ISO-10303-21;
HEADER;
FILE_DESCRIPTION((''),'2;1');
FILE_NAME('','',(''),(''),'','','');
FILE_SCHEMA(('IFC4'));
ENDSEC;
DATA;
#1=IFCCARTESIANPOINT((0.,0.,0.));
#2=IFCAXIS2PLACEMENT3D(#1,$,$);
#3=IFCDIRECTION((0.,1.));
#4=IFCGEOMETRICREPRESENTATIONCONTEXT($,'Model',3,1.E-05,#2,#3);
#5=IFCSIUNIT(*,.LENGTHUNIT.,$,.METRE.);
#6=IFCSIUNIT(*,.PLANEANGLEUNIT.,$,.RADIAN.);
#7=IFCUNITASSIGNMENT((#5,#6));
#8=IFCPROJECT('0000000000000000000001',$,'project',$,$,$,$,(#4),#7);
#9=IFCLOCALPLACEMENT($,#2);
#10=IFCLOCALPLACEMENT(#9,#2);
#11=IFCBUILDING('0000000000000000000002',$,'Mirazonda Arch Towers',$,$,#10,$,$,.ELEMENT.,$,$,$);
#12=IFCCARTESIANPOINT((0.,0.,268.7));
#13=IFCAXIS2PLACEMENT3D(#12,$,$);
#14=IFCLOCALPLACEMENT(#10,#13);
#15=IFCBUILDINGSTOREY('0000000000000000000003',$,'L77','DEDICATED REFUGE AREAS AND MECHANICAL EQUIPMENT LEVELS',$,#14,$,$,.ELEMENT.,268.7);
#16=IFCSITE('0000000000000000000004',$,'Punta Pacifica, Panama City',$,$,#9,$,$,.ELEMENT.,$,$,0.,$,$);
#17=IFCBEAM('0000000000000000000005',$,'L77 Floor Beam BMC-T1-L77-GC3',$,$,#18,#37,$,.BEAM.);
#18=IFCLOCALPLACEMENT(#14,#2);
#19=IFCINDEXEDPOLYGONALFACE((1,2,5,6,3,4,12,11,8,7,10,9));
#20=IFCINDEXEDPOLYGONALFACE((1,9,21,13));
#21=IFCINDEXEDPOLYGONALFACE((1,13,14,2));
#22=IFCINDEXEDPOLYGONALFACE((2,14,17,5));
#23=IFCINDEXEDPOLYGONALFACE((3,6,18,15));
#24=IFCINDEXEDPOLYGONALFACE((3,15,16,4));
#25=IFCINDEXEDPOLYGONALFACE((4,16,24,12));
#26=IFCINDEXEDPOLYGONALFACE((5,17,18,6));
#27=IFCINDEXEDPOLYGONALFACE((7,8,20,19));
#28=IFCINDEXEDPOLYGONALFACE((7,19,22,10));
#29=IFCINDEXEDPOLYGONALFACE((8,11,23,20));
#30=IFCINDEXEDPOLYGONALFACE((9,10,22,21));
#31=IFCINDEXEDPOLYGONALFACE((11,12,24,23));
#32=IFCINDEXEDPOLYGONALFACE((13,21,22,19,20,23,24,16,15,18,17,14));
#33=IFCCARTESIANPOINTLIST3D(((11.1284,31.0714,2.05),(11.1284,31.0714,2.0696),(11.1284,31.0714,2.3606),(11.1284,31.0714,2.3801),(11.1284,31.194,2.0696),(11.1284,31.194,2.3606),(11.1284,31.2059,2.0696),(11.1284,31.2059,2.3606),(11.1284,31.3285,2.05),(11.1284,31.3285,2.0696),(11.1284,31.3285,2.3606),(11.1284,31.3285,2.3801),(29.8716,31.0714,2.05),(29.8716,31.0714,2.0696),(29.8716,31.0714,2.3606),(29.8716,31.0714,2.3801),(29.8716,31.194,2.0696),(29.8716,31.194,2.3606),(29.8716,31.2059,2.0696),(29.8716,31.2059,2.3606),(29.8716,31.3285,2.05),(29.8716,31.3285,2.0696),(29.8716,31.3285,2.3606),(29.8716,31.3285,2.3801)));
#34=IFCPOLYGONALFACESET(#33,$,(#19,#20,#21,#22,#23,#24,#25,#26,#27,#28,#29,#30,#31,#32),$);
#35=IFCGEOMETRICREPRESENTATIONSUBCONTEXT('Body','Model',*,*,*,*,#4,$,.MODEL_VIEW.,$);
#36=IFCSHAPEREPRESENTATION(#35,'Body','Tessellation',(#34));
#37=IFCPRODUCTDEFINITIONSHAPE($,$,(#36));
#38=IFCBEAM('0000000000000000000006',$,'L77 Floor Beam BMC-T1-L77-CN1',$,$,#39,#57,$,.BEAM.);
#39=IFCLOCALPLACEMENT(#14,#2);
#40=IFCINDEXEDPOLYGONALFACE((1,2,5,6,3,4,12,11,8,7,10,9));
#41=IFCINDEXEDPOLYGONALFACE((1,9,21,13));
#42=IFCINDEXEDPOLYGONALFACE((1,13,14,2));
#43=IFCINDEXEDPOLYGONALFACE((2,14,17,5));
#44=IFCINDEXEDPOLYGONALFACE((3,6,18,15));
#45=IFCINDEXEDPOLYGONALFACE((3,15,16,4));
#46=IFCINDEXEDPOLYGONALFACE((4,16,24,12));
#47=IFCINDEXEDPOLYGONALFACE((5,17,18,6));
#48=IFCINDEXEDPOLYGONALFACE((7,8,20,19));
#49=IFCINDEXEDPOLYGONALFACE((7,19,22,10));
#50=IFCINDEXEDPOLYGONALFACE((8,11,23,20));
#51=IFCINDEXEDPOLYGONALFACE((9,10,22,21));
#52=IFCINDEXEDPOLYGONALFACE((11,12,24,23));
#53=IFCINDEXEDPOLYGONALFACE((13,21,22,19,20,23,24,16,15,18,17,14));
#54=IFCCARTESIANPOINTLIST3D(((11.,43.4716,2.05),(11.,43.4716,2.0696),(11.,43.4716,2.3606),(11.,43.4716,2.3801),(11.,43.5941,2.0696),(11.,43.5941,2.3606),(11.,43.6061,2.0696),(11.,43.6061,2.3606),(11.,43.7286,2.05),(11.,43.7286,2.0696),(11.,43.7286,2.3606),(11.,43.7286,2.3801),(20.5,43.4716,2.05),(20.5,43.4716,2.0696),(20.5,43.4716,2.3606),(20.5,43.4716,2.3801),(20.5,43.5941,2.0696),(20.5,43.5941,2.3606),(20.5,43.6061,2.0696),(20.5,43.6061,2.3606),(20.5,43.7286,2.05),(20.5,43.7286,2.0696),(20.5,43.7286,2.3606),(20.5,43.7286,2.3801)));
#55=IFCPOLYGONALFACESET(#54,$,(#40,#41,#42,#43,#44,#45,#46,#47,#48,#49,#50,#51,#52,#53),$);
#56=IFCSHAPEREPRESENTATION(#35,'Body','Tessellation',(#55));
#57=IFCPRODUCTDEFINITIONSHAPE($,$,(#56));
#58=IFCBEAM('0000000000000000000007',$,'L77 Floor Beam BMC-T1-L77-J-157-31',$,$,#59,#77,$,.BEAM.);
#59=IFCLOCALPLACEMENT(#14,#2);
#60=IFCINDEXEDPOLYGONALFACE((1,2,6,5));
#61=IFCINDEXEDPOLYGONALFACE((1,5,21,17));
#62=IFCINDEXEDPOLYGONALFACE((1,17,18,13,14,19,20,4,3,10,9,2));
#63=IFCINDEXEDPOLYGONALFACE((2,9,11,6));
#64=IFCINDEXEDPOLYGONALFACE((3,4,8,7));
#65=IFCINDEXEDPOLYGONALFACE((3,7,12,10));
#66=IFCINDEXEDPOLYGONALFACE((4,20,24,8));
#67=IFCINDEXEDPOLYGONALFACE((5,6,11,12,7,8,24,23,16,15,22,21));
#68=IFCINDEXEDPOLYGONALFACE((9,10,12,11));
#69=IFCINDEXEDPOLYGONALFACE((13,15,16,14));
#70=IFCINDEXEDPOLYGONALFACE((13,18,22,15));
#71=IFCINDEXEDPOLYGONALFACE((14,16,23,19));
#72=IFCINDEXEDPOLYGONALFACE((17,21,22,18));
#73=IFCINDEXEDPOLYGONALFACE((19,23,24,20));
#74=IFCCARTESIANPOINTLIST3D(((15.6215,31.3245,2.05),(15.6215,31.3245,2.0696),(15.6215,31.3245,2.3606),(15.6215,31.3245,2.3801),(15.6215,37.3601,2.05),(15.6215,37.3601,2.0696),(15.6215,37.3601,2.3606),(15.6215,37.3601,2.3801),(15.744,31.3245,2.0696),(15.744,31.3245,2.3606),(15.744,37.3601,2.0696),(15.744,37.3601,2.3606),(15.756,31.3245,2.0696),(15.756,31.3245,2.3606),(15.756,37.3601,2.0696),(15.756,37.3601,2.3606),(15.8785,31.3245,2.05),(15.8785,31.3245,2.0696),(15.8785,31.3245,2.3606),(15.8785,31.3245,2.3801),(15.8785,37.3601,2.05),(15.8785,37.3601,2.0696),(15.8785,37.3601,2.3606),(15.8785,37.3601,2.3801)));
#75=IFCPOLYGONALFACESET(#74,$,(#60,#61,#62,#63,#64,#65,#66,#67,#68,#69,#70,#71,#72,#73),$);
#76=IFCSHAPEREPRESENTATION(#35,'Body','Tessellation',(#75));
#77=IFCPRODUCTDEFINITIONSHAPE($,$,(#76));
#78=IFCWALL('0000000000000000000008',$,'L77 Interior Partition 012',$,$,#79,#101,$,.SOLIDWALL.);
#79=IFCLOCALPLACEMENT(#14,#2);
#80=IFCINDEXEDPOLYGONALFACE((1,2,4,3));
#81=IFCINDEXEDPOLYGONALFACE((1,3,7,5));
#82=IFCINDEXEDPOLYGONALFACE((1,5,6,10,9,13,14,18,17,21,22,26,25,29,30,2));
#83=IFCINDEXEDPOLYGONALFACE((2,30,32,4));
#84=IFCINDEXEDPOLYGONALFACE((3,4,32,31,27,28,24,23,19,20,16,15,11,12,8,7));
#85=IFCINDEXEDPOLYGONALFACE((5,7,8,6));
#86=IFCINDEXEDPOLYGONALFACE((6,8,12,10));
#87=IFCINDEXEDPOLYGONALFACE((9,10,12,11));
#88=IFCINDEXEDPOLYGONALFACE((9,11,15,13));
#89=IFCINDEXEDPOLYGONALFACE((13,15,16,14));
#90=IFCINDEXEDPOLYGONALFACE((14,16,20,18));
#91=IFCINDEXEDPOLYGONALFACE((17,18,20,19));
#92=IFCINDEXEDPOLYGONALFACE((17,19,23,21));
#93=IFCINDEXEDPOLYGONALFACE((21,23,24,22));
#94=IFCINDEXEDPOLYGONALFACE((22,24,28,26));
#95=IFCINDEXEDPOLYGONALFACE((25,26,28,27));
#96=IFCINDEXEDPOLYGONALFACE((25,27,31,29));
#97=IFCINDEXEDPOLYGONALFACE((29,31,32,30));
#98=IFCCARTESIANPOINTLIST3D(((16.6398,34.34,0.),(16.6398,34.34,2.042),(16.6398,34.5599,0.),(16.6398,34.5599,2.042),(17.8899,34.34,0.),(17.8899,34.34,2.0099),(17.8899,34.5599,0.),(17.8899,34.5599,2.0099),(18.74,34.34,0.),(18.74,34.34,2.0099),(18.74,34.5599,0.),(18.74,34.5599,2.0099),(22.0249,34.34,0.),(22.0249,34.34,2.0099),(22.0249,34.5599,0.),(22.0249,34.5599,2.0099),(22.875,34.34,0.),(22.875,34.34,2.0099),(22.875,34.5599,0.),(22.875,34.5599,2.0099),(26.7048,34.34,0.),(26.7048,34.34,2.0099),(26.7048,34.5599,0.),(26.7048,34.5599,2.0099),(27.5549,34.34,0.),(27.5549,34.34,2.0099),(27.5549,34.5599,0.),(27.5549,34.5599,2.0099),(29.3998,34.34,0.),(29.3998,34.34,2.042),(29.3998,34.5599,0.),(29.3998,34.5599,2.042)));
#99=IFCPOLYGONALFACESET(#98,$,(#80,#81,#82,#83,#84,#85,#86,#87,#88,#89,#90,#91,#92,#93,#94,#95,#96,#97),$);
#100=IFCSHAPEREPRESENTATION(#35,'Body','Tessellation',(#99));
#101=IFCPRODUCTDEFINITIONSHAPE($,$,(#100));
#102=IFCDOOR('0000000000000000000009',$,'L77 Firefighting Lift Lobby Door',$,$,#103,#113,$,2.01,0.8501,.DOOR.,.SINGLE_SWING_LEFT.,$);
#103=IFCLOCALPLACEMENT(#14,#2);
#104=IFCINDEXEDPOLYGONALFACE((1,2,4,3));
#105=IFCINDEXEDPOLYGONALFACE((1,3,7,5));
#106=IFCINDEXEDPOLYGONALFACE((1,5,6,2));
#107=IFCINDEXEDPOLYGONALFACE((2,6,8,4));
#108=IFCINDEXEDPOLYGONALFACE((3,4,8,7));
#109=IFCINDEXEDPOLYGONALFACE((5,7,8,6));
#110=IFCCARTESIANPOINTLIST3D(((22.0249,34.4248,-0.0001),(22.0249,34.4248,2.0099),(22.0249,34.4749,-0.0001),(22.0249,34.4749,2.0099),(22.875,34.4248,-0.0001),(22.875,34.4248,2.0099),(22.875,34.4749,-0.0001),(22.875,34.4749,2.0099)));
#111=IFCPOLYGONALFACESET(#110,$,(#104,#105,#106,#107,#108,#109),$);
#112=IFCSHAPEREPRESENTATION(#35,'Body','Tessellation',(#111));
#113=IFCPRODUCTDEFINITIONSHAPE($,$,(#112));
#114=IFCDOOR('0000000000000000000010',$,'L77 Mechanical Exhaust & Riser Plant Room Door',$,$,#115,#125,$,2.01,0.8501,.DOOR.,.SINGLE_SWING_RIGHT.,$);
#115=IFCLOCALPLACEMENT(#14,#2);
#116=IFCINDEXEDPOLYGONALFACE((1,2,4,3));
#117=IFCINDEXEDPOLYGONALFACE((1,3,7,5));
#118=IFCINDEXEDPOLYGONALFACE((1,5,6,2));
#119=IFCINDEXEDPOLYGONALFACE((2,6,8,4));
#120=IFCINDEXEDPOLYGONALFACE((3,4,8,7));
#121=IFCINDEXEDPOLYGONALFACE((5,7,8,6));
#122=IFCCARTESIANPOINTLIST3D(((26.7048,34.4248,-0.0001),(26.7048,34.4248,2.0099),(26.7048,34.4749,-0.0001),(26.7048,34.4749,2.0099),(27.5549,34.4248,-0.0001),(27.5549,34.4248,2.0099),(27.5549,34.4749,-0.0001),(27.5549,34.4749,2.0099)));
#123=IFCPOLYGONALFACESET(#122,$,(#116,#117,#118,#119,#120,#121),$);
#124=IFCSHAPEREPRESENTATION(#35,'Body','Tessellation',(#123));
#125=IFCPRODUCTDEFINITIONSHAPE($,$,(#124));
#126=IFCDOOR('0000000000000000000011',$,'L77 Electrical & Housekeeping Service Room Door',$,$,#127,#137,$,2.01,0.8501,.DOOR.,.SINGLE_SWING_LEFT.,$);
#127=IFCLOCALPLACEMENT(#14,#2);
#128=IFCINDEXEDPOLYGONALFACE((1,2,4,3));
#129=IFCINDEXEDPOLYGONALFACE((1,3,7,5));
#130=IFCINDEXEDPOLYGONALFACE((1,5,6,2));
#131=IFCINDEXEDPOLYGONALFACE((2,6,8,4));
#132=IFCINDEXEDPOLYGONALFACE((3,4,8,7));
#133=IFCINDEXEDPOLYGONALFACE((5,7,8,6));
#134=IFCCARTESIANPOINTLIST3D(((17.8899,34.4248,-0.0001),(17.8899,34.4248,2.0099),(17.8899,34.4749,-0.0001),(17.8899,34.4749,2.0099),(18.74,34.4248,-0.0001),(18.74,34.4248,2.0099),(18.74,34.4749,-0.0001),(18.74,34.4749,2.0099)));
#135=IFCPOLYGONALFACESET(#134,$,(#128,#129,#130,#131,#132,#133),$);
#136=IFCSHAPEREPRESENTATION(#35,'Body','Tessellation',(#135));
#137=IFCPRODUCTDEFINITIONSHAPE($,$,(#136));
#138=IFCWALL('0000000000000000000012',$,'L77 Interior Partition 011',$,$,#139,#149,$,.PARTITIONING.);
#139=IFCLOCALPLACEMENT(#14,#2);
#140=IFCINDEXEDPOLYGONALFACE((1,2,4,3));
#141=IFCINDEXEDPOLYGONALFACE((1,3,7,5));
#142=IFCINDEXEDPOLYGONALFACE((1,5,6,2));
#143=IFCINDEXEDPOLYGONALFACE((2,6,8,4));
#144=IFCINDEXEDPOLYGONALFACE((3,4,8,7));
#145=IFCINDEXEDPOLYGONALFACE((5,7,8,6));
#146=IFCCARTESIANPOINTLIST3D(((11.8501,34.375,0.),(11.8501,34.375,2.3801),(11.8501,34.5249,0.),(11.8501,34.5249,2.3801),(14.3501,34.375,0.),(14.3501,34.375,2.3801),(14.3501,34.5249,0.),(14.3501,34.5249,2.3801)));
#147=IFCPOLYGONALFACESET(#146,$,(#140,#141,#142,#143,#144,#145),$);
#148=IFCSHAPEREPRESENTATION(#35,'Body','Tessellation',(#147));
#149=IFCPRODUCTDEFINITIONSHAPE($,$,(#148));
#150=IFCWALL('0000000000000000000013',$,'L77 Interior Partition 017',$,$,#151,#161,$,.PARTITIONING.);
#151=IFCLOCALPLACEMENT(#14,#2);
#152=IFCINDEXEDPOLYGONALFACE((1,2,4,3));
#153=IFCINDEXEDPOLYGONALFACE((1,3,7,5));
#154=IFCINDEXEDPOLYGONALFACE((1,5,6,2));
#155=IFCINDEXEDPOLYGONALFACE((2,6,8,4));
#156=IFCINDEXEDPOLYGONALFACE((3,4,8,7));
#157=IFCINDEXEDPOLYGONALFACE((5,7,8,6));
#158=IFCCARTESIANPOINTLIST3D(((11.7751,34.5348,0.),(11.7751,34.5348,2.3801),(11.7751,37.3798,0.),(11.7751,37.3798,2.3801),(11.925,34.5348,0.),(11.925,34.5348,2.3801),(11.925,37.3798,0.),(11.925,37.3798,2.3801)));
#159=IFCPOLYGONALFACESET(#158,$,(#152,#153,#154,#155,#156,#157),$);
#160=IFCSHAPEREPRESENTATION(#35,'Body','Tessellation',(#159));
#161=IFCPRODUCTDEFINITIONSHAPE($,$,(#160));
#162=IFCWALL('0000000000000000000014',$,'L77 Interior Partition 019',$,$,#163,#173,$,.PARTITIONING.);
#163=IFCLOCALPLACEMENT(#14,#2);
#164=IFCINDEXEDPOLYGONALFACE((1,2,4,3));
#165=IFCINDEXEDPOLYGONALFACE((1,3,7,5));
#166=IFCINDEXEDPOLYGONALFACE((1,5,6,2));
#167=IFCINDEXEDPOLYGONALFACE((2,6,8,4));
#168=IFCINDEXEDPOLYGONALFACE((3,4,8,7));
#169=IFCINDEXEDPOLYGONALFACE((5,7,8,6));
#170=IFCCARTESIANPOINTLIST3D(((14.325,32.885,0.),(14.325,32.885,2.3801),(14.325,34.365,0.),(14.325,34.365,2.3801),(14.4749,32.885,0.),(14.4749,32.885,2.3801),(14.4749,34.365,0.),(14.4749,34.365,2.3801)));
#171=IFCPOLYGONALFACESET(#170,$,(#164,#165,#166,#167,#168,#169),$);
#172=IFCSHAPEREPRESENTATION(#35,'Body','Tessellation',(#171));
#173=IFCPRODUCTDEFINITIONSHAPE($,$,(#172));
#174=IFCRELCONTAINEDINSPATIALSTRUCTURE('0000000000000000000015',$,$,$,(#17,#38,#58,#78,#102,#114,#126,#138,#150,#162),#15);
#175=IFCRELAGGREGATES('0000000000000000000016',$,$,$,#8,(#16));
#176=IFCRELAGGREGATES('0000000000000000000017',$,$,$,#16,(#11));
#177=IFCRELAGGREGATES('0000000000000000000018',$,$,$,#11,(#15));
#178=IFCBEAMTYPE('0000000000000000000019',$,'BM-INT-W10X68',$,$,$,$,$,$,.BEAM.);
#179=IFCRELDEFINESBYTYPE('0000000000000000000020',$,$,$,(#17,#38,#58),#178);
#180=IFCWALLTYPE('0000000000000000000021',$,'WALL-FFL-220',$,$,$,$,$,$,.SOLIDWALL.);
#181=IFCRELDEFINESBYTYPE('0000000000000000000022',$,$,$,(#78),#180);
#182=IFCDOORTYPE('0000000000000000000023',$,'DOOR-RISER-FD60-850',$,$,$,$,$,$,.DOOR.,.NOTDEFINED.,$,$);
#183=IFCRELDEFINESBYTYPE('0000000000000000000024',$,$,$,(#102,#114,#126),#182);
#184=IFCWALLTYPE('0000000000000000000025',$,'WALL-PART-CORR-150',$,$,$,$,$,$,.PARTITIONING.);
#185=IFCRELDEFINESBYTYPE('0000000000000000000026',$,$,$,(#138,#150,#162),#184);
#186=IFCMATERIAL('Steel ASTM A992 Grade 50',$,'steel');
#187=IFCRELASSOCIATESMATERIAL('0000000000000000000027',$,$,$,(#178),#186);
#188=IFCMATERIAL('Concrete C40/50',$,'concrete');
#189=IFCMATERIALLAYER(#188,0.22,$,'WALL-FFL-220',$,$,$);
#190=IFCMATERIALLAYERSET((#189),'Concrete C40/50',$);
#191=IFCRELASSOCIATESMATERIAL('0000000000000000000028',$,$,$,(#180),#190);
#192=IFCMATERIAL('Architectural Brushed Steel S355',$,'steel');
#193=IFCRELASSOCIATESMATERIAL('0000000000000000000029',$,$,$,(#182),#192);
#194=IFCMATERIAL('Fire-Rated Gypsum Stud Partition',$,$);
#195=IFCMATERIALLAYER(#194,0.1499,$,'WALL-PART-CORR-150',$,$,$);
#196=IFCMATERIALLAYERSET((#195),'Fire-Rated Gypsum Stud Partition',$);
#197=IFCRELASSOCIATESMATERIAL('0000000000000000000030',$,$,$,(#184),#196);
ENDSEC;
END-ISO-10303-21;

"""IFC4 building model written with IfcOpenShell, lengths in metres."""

from ifc_helpers import new_model, si_unit, direction, frame, frame_2d, origin, origin_2d, place, context, subcontext, project, spatial, rectangle, i_section, extrude, material, layer, layer_set, material_profile, profile_set, type_object, element, fill, save


model = new_model("IFC4")

# Units and contexts
model_context = context("Model", 3, precision=1e-05, world=origin(), true_north=direction((0.0, 1.0)))
body_context = subcontext(model_context, "Body", "Model", "MODEL_VIEW")
ifc_project = project(units=[si_unit("LENGTHUNIT", "METRE"), si_unit("PLANEANGLEUNIT", "RADIAN")], contexts=[model_context])

# Site, building, storey
site_placement = place(None, origin())
site = spatial("IfcSite", under=ifc_project, at=site_placement, Name="Punta Pacifica, Panama City", CompositionType="ELEMENT", RefElevation=0.0)
building_placement = place(site_placement, origin())
building = spatial("IfcBuilding", under=site, at=building_placement, Name="Mirazonda Arch Towers", CompositionType="ELEMENT")
storey_placement = place(building_placement, frame((0.0, 0.0, 268.7)))
storey = spatial("IfcBuildingStorey", under=building, at=storey_placement, Name="L77", Description="DEDICATED REFUGE AREAS AND MECHANICAL EQUIPMENT LEVELS", CompositionType="ELEMENT", Elevation=268.7)

# Beams
ifc_material_1 = material(Name="Steel ASTM A992 Grade 50", Category="steel")
ifc_material_profile = material_profile(ifc_material_1, i_section(OverallWidth=0.2571, OverallDepth=0.3301, WebThickness=0.012, FlangeThickness=0.0195, at=origin_2d()), Name="W10X68")
ifc_profile_set = profile_set([ifc_material_profile], Name="Steel ASTM A992 Grade 50")
beam_type = type_object("IfcBeamType", Name="BM-INT-W10X68", PredefinedType="BEAM", material=ifc_profile_set)
beam_1_placement = place(storey_placement, frame((11.1284, 31.2, 2.2151), z_axis=(1.0, 0.0, 0.0), x_axis=(0.0, 1.0, 0.0)))
element("IfcBeam", 1, at=beam_1_placement, inside=storey, type_object=beam_type, Name="L77 Floor Beam BMC-T1-L77-GC3", PredefinedType="BEAM", context=body_context, shape_type="SweptSolid", body=[
    extrude(i_section(OverallWidth=0.2571, OverallDepth=0.3301, WebThickness=0.012, FlangeThickness=0.0195, at=origin_2d()), origin(), (0.0, 0.0, 1.0), 18.7432),
])
beam_2_placement = place(storey_placement, frame((11.0, 43.6001, 2.2151), z_axis=(1.0, 0.0, 0.0), x_axis=(0.0, 1.0, 0.0)))
element("IfcBeam", 2, at=beam_2_placement, inside=storey, type_object=beam_type, Name="L77 Floor Beam BMC-T1-L77-CN1", PredefinedType="BEAM", context=body_context, shape_type="SweptSolid", body=[
    extrude(i_section(OverallWidth=0.2571, OverallDepth=0.3301, WebThickness=0.012, FlangeThickness=0.0195, at=origin_2d()), origin(), (0.0, 0.0, 1.0), 9.5),
])
beam_3_placement = place(storey_placement, frame((15.75, 31.3245, 2.2151), z_axis=(0.0, 1.0, 0.0), x_axis=(-1.0, 0.0, 0.0)))
element("IfcBeam", 3, at=beam_3_placement, inside=storey, type_object=beam_type, Name="L77 Floor Beam BMC-T1-L77-J-157-31", PredefinedType="BEAM", context=body_context, shape_type="SweptSolid", body=[
    extrude(i_section(OverallWidth=0.2571, OverallDepth=0.3301, WebThickness=0.012, FlangeThickness=0.0195, at=origin_2d()), origin(), (0.0, 0.0, 1.0), 6.0356),
])

# Wall, openings, doors
ifc_material_2 = material(Name="Concrete C40/50", Category="concrete")
ifc_layer_1 = layer(ifc_material_2, 0.22, Name="WALL-FFL-220")
ifc_layer_set_1 = layer_set([ifc_layer_1], Name="Concrete C40/50")
wall_type_1 = type_object("IfcWallType", Name="WALL-FFL-220", PredefinedType="SOLIDWALL", material=ifc_layer_set_1)
wall_1_placement = place(storey_placement, frame((16.6399, 34.45, 0.0), z_axis=(0.0, 0.0, 1.0), x_axis=(1.0, 0.0, 0.0)))
wall_1 = element("IfcWall", 4, at=wall_1_placement, inside=storey, type_object=wall_type_1, Name="L77 Interior Partition 012", PredefinedType="SOLIDWALL", context=body_context, shape_type="SweptSolid", body=[
    extrude(rectangle(XDim=12.76, YDim=0.22, at=frame_2d((6.3799, 0.0))), origin(), (0.0, 0.0, 1.0), 2.042),
])
opening_1_placement = place(wall_1_placement, frame((5.385, 0.0, 0.0)))
opening_1 = element("IfcOpeningElement", 5, at=opening_1_placement, cuts=wall_1, PredefinedType="OPENING", context=body_context, shape_type="SweptSolid", body=[
    extrude(rectangle(XDim=0.8501, YDim=2.01, at=frame_2d((0.425, 1.0049))), frame((0.0, 0.1199, 0.0), z_axis=(0.0, -1.0, 0.0), x_axis=(1.0, 0.0, 0.0)), (0.0, 0.0, 1.0), 0.24),
])
opening_2_placement = place(wall_1_placement, frame((10.0649, 0.0, 0.0)))
opening_2 = element("IfcOpeningElement", 6, at=opening_2_placement, cuts=wall_1, PredefinedType="OPENING", context=body_context, shape_type="SweptSolid", body=[
    extrude(rectangle(XDim=0.8501, YDim=2.01, at=frame_2d((0.425, 1.0049))), frame((0.0, 0.1199, 0.0), z_axis=(0.0, -1.0, 0.0), x_axis=(1.0, 0.0, 0.0)), (0.0, 0.0, 1.0), 0.24),
])
opening_3_placement = place(wall_1_placement, frame((1.25, 0.0, 0.0)))
opening_3 = element("IfcOpeningElement", 7, at=opening_3_placement, cuts=wall_1, PredefinedType="OPENING", context=body_context, shape_type="SweptSolid", body=[
    extrude(rectangle(XDim=0.8501, YDim=2.01, at=frame_2d((0.425, 1.0049))), frame((0.0, 0.1199, 0.0), z_axis=(0.0, -1.0, 0.0), x_axis=(1.0, 0.0, 0.0)), (0.0, 0.0, 1.0), 0.24),
])
ifc_material_3 = material(Name="Architectural Brushed Steel S355", Category="steel")
door_type = type_object("IfcDoorType", Name="DOOR-RISER-FD60-850", OperationType="NOTDEFINED", PredefinedType="DOOR", material=ifc_material_3)
door_1_placement = place(opening_1_placement, origin())
door_1 = element("IfcDoor", 8, at=door_1_placement, inside=storey, type_object=door_type, Name="L77 Firefighting Lift Lobby Door", OperationType="SINGLE_SWING_LEFT", OverallHeight=2.01, OverallWidth=0.8501, PredefinedType="DOOR", context=body_context, shape_type="SweptSolid", body=[
    extrude(rectangle(XDim=0.8501, YDim=2.01, at=frame_2d((0.425, 1.0049))), frame((0.0, 0.0249, 0.0), z_axis=(0.0, -1.0, 0.0), x_axis=(1.0, 0.0, 0.0)), (0.0, 0.0, 1.0), 0.05),
])
fill(opening_1, door_1)
door_2_placement = place(opening_2_placement, origin())
door_2 = element("IfcDoor", 9, at=door_2_placement, inside=storey, type_object=door_type, Name="L77 Mechanical Exhaust & Riser Plant Room Door", OperationType="SINGLE_SWING_RIGHT", OverallHeight=2.01, OverallWidth=0.8501, PredefinedType="DOOR", context=body_context, shape_type="SweptSolid", body=[
    extrude(rectangle(XDim=0.8501, YDim=2.01, at=frame_2d((0.425, 1.0049))), frame((0.0, 0.0249, 0.0), z_axis=(0.0, -1.0, 0.0), x_axis=(1.0, 0.0, 0.0)), (0.0, 0.0, 1.0), 0.05),
])
fill(opening_2, door_2)
door_3_placement = place(opening_3_placement, origin())
door_3 = element("IfcDoor", 10, at=door_3_placement, inside=storey, type_object=door_type, Name="L77 Electrical & Housekeeping Service Room Door", OperationType="SINGLE_SWING_LEFT", OverallHeight=2.01, OverallWidth=0.8501, PredefinedType="DOOR", context=body_context, shape_type="SweptSolid", body=[
    extrude(rectangle(XDim=0.8501, YDim=2.01, at=frame_2d((0.425, 1.0049))), frame((0.0, 0.0249, 0.0), z_axis=(0.0, -1.0, 0.0), x_axis=(1.0, 0.0, 0.0)), (0.0, 0.0, 1.0), 0.05),
])
fill(opening_3, door_3)

# Walls
ifc_material_4 = material(Name="Fire-Rated Gypsum Stud Partition")
ifc_layer_2 = layer(ifc_material_4, 0.1499, Name="WALL-PART-CORR-150")
ifc_layer_set_2 = layer_set([ifc_layer_2], Name="Fire-Rated Gypsum Stud Partition")
wall_type_2 = type_object("IfcWallType", Name="WALL-PART-CORR-150", PredefinedType="PARTITIONING", material=ifc_layer_set_2)
wall_2_placement = place(storey_placement, frame((11.8501, 34.45, 0.0), z_axis=(0.0, 0.0, 1.0), x_axis=(1.0, 0.0, 0.0)))
element("IfcWall", 11, at=wall_2_placement, inside=storey, type_object=wall_type_2, Name="L77 Interior Partition 011", PredefinedType="PARTITIONING", context=body_context, shape_type="SweptSolid", body=[
    extrude(rectangle(XDim=2.5, YDim=0.1499, at=frame_2d((1.25, 0.0))), origin(), (0.0, 0.0, 1.0), 2.3801),
])
wall_3_placement = place(storey_placement, frame((11.8501, 34.5349, 0.0), z_axis=(0.0, 0.0, 1.0), x_axis=(0.0, 1.0, 0.0)))
element("IfcWall", 12, at=wall_3_placement, inside=storey, type_object=wall_type_2, Name="L77 Interior Partition 017", PredefinedType="PARTITIONING", context=body_context, shape_type="SweptSolid", body=[
    extrude(rectangle(XDim=2.845, YDim=0.1499, at=frame_2d((1.4224, 0.0))), origin(), (0.0, 0.0, 1.0), 2.3801),
])
wall_4_placement = place(storey_placement, frame((14.3999, 32.885, 0.0), z_axis=(0.0, 0.0, 1.0), x_axis=(0.0, 1.0, 0.0)))
element("IfcWall", 13, at=wall_4_placement, inside=storey, type_object=wall_type_2, Name="L77 Interior Partition 019", PredefinedType="PARTITIONING", context=body_context, shape_type="SweptSolid", body=[
    extrude(rectangle(XDim=1.48, YDim=0.1499, at=frame_2d((0.74, 0.0))), origin(), (0.0, 0.0, 1.0), 2.3801),
])

save(model, "model.ifc")
